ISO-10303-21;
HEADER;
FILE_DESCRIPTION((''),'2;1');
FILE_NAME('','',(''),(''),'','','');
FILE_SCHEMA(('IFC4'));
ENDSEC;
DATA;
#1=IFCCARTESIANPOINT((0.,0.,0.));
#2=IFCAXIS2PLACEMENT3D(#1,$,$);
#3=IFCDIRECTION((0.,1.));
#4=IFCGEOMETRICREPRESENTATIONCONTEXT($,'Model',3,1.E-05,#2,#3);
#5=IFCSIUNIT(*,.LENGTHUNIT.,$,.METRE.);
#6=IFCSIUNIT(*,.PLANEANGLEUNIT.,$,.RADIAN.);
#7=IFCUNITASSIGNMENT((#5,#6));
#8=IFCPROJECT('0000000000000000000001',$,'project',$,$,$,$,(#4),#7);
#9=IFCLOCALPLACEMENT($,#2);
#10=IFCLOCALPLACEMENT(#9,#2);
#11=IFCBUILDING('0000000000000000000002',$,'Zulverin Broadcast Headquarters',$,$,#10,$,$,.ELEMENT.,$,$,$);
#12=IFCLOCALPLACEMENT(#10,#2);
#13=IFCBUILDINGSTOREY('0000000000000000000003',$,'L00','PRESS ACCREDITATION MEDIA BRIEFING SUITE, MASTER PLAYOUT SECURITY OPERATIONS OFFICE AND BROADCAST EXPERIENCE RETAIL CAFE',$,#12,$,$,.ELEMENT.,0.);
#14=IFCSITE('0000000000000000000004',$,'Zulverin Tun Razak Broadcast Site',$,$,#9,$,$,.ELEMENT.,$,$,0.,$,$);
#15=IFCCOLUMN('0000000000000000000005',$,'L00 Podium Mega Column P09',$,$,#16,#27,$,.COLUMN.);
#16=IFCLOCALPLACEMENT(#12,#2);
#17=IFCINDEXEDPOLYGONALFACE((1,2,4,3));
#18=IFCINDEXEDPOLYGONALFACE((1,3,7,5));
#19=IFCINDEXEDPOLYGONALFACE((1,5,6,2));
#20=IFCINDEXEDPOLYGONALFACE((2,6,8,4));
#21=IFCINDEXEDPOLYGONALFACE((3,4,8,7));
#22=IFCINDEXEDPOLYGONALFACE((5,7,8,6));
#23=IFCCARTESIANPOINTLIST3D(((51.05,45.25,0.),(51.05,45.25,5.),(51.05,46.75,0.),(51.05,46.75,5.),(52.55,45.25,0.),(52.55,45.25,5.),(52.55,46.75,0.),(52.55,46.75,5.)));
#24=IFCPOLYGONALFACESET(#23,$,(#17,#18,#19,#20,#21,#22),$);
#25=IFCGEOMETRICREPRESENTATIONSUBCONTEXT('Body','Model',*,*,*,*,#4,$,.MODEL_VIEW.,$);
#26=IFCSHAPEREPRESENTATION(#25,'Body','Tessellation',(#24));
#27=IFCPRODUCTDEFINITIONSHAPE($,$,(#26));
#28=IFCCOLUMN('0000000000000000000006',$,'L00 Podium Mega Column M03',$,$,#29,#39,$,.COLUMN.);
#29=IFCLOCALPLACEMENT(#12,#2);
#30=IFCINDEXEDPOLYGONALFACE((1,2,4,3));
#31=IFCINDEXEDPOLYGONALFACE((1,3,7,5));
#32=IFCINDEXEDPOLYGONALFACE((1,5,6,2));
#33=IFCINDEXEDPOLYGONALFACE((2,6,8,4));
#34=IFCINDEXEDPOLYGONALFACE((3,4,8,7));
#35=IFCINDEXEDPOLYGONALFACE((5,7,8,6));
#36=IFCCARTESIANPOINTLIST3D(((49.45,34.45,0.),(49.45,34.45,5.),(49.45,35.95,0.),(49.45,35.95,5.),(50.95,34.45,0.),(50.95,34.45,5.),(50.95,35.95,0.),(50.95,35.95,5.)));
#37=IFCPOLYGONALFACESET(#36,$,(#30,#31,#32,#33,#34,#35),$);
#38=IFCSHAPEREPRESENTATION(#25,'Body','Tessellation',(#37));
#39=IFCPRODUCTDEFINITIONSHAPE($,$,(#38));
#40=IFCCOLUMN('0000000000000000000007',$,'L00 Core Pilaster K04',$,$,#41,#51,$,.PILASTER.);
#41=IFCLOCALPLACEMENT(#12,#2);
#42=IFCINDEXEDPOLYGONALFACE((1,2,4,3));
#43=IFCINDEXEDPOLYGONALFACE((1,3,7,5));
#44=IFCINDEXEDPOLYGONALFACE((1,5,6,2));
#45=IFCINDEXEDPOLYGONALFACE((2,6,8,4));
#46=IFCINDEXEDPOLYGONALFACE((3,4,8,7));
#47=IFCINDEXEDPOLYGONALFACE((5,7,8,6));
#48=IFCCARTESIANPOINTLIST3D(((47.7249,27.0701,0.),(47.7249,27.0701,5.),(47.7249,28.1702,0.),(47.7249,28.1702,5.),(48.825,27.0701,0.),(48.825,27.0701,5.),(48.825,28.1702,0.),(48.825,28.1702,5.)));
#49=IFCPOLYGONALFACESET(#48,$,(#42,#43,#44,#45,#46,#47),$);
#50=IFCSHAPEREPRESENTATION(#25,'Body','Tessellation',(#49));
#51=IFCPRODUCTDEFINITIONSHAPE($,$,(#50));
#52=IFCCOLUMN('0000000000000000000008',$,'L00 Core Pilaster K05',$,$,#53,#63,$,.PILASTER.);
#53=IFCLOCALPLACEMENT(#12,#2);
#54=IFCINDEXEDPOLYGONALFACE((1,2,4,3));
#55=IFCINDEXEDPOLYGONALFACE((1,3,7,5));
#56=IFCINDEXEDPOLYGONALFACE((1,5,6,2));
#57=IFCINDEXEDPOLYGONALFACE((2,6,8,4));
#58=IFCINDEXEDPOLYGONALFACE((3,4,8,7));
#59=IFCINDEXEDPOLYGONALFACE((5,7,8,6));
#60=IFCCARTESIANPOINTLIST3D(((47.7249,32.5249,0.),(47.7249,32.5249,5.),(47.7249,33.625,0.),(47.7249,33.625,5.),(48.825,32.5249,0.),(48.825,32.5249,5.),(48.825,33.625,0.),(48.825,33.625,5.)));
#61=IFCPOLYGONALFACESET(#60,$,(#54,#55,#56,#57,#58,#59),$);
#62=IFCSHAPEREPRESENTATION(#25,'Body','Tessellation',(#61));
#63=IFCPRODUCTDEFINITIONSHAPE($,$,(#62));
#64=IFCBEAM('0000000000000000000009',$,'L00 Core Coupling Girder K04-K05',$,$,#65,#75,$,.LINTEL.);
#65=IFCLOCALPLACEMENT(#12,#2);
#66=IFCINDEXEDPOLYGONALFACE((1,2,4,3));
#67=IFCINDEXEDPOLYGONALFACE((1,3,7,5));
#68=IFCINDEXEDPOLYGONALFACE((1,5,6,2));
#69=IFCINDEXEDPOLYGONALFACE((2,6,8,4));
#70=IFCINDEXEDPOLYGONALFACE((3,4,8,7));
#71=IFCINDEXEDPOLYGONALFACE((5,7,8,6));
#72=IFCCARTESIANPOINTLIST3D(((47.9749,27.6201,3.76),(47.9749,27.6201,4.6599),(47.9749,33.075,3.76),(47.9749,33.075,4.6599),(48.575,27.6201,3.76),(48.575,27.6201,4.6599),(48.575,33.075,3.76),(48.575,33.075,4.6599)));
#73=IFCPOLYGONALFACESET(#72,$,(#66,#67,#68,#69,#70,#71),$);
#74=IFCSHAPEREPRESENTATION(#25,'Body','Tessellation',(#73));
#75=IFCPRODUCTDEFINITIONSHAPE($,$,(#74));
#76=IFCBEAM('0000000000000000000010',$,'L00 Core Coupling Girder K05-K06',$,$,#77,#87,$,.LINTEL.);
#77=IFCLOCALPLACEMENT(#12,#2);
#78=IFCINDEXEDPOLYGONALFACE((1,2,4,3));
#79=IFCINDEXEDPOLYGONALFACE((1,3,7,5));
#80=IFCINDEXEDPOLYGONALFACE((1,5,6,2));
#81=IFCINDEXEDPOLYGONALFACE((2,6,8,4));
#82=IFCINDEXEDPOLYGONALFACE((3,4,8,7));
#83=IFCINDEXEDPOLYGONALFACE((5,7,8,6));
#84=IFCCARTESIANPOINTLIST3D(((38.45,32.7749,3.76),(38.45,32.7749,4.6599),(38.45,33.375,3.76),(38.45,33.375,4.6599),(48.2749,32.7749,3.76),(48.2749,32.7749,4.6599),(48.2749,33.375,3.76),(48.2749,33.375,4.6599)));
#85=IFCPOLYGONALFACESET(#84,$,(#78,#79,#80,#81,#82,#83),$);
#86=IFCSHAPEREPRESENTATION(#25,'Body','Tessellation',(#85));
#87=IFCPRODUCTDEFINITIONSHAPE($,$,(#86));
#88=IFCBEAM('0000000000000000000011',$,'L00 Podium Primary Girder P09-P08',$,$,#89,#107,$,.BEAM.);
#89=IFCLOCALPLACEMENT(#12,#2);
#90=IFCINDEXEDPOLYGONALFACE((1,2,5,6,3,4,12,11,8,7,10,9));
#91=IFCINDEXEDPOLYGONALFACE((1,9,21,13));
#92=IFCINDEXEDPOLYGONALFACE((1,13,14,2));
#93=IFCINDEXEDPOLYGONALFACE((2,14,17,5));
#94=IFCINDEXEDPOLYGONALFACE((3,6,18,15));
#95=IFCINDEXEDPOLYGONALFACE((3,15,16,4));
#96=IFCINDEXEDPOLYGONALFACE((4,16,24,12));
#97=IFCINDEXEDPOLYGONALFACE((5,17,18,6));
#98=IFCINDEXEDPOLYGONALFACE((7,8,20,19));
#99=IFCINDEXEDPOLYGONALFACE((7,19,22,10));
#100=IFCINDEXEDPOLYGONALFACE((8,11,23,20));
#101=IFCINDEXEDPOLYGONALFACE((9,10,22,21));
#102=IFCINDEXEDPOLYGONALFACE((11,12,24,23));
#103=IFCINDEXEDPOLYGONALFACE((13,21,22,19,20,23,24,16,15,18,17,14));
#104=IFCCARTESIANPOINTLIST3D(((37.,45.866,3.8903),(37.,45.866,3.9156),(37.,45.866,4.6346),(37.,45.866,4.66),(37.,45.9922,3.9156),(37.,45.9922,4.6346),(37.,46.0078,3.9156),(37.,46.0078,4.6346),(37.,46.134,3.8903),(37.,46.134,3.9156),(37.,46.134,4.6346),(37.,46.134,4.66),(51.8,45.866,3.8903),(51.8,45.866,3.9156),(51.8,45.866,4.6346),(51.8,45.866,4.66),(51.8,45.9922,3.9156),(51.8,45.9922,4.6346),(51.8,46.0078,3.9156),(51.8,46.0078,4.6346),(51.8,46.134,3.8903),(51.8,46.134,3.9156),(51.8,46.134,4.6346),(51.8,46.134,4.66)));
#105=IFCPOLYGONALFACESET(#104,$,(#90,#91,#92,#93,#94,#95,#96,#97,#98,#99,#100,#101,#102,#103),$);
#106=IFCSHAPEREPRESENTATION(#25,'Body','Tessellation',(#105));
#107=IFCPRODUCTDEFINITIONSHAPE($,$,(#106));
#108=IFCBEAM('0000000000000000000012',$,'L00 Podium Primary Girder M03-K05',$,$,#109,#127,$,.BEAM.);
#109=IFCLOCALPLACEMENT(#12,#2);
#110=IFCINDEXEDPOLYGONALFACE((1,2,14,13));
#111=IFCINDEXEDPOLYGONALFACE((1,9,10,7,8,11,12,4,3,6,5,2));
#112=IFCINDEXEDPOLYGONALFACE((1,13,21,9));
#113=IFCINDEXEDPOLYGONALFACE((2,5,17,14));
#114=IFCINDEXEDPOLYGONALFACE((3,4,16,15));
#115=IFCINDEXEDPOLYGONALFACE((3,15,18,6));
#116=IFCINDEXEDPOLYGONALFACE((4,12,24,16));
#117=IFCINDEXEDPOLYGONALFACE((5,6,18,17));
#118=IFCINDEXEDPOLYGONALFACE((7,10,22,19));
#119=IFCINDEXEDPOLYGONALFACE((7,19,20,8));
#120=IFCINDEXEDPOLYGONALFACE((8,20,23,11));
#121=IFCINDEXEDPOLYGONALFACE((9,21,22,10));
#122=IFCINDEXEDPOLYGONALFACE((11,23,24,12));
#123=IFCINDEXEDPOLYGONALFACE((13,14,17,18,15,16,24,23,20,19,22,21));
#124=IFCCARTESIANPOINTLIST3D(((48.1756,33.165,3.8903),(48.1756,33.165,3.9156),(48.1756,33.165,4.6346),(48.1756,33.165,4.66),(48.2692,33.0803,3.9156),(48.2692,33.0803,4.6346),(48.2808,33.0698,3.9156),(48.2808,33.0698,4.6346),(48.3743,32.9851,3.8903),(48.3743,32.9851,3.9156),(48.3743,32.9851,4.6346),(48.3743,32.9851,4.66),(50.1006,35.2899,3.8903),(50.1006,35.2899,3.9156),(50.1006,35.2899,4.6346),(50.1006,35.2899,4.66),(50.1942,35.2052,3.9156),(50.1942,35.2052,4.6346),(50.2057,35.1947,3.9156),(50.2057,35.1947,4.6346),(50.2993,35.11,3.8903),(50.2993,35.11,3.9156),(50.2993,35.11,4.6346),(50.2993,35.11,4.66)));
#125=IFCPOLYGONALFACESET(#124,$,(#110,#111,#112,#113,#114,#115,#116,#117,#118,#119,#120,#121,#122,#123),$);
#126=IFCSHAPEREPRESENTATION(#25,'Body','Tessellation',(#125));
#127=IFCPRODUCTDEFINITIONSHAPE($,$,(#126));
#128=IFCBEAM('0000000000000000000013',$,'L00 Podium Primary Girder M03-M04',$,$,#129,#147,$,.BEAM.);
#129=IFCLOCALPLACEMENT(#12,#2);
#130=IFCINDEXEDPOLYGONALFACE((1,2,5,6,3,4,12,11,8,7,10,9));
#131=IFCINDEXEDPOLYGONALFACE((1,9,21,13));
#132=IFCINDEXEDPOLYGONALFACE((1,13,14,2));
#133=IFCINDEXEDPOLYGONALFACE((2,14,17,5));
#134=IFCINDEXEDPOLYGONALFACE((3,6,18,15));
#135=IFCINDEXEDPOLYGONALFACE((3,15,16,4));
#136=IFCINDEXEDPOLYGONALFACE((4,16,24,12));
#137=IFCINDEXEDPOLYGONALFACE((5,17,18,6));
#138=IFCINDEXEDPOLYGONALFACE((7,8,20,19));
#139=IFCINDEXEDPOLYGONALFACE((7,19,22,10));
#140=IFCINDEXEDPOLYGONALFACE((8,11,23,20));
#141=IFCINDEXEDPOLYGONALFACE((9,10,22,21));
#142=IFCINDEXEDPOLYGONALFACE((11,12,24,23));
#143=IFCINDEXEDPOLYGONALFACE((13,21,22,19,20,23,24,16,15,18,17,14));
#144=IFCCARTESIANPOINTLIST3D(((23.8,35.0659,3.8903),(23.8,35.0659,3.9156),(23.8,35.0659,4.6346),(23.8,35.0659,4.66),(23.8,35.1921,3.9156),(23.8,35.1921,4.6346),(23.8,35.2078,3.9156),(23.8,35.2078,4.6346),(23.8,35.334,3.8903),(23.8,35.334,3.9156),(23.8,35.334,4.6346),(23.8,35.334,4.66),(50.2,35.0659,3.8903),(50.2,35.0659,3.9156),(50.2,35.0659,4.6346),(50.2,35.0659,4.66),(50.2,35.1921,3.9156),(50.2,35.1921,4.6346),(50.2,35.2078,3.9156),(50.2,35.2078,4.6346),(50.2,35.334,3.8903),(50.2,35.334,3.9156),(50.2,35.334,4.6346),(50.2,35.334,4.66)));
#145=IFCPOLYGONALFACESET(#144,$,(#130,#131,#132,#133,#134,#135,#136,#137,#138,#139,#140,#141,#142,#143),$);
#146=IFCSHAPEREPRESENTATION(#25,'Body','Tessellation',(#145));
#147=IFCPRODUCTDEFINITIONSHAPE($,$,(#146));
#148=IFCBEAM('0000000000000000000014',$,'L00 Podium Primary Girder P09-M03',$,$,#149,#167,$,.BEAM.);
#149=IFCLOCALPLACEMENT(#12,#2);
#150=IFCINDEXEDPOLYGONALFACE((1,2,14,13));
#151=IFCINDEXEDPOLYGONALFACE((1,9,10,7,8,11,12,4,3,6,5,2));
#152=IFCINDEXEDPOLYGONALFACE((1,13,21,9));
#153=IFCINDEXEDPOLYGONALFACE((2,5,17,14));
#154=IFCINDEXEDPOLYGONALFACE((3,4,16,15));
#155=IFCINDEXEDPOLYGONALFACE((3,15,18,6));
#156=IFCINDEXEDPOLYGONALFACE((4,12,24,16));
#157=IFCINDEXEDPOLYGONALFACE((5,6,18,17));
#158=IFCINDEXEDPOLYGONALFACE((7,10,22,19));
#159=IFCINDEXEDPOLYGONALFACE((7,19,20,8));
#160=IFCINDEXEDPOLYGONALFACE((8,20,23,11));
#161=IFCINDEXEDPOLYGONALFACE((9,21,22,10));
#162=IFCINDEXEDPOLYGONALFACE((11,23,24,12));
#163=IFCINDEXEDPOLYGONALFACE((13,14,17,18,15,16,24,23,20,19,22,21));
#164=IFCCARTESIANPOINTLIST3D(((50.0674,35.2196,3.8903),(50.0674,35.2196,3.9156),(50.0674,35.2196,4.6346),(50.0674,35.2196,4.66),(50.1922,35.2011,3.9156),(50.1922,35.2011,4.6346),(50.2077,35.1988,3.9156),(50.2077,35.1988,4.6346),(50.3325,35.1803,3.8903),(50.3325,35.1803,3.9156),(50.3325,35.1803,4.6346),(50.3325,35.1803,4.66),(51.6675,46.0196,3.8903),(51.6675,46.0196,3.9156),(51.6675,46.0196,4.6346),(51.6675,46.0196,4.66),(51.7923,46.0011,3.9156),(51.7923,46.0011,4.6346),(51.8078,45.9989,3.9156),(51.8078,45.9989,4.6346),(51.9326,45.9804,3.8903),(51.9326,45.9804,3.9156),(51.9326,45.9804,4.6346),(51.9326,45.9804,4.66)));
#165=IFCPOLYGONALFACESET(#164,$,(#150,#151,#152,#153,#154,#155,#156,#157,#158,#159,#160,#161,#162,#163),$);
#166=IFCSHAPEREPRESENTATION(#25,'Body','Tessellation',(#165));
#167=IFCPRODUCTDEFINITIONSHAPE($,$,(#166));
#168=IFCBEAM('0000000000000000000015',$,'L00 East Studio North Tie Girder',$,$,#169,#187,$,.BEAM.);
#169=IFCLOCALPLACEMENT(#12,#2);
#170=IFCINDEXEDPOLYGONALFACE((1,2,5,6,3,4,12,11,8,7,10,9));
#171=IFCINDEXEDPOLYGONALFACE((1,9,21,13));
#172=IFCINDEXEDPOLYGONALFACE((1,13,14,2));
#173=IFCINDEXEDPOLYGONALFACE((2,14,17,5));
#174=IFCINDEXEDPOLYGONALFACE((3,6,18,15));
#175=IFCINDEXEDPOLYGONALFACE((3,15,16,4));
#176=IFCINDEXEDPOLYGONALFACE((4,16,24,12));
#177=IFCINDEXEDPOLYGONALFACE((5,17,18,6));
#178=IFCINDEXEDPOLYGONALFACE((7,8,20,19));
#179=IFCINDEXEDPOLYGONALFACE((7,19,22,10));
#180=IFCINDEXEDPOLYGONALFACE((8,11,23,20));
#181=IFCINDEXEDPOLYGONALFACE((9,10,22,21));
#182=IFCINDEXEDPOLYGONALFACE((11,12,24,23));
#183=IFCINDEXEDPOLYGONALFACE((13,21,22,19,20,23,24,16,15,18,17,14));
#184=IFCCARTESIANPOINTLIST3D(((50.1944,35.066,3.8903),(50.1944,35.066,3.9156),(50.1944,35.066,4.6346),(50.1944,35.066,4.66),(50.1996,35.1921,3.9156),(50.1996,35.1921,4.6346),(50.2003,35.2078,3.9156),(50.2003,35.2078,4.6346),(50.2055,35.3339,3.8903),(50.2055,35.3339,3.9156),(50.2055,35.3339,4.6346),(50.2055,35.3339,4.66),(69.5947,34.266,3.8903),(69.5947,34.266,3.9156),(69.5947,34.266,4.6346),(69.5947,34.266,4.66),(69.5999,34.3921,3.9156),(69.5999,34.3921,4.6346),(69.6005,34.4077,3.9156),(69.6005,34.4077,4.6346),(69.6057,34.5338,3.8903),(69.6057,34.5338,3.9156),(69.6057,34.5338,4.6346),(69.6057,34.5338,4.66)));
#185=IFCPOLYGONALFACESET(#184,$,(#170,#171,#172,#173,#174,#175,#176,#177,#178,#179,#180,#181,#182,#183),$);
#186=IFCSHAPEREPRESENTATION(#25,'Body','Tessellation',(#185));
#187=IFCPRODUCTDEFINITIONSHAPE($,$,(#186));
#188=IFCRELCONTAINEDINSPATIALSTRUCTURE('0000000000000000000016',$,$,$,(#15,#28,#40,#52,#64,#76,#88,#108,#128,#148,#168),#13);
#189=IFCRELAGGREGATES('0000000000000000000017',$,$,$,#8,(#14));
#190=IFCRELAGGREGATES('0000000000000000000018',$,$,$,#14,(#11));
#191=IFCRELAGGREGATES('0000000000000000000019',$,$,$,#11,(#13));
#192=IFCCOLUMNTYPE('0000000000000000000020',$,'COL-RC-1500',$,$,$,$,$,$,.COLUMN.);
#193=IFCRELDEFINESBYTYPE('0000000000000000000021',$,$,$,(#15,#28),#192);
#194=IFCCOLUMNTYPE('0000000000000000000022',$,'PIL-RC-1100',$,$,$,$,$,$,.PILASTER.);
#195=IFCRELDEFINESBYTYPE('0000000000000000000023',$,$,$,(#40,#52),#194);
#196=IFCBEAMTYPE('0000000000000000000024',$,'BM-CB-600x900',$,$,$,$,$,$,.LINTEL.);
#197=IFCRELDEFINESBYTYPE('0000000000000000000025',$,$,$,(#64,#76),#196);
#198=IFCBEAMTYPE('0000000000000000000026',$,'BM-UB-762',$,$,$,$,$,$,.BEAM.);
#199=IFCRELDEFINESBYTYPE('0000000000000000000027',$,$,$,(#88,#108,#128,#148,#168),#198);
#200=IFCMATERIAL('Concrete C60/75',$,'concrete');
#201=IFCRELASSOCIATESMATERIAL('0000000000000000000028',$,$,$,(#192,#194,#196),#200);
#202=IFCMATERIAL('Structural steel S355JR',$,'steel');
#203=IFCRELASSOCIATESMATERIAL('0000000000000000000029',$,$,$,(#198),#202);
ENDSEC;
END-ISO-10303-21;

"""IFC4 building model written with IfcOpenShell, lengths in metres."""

from ifc_helpers import new_model, si_unit, direction, frame, origin, origin_2d, place, context, subcontext, project, spatial, rectangle, i_section, extrude, material, material_profile, profile_set, type_object, element, save


model = new_model("IFC4")

# Units and contexts
model_context = context("Model", 3, precision=1e-05, world=origin(), true_north=direction((0.0, 1.0)))
body_context = subcontext(model_context, "Body", "Model", "MODEL_VIEW")
ifc_project = project(units=[si_unit("LENGTHUNIT", "METRE"), si_unit("PLANEANGLEUNIT", "RADIAN")], contexts=[model_context])

# Site, building, storey
site_placement = place(None, origin())
site = spatial("IfcSite", under=ifc_project, at=site_placement, Name="Zulverin Tun Razak Broadcast Site", CompositionType="ELEMENT", RefElevation=0.0)
building_placement = place(site_placement, origin())
building = spatial("IfcBuilding", under=site, at=building_placement, Name="Zulverin Broadcast Headquarters", CompositionType="ELEMENT")
storey_placement = place(building_placement, origin())
storey = spatial("IfcBuildingStorey", under=building, at=storey_placement, Name="L00", Description="PRESS ACCREDITATION MEDIA BRIEFING SUITE, MASTER PLAYOUT SECURITY OPERATIONS OFFICE AND BROADCAST EXPERIENCE RETAIL CAFE", CompositionType="ELEMENT", Elevation=0.0)

# Columns
ifc_material_1 = material(Name="Concrete C60/75", Category="concrete")
ifc_material_profile_1 = material_profile(ifc_material_1, rectangle(XDim=1.5, YDim=1.5, at=origin_2d()), Name="Concrete C60/75", Category="concrete")
ifc_profile_set_1 = profile_set([ifc_material_profile_1], Name="Concrete C60/75")
column_type_1 = type_object("IfcColumnType", Name="COL-RC-1500", PredefinedType="COLUMN", material=ifc_profile_set_1)
for number, where, z_axis, x_axis, name in (
    (1, (51.8, 46.0, 0.0), (0.0, 0.0, 1.0), (1.0, 0.0, 0.0), "L00 Podium Mega Column P09"),
    (2, (50.2, 35.2, 0.0), (0.0, 0.0, 1.0), (1.0, 0.0, 0.0), "L00 Podium Mega Column M03"),
):
    element("IfcColumn", number, at=place(storey_placement, frame(where, z_axis=z_axis, x_axis=x_axis)), inside=storey, type_object=column_type_1, Name=name, PredefinedType="COLUMN", context=body_context, shape_type="SweptSolid", body=[
        extrude(rectangle(XDim=1.5, YDim=1.5, at=origin_2d()), origin(), (0.0, 0.0, 1.0), 5.0),
    ])
ifc_material_profile_2 = material_profile(ifc_material_1, rectangle(XDim=1.1001, YDim=1.1001, at=origin_2d()), Name="Concrete C60/75", Category="concrete")
ifc_profile_set_2 = profile_set([ifc_material_profile_2], Name="Concrete C60/75")
column_type_2 = type_object("IfcColumnType", Name="PIL-RC-1100", PredefinedType="PILASTER", material=ifc_profile_set_2)
for number, where, z_axis, x_axis, name in (
    (3, (48.2749, 27.6201, 0.0), (0.0, 0.0, 1.0), (1.0, 0.0, 0.0), "L00 Core Pilaster K04"),
    (4, (48.2749, 33.075, 0.0), (0.0, 0.0, 1.0), (1.0, 0.0, 0.0), "L00 Core Pilaster K05"),
):
    element("IfcColumn", number, at=place(storey_placement, frame(where, z_axis=z_axis, x_axis=x_axis)), inside=storey, type_object=column_type_2, Name=name, PredefinedType="PILASTER", context=body_context, shape_type="SweptSolid", body=[
        extrude(rectangle(XDim=1.1001, YDim=1.1001, at=origin_2d()), origin(), (0.0, 0.0, 1.0), 5.0),
    ])

# Beams
ifc_material_profile_3 = material_profile(ifc_material_1, rectangle(XDim=0.6001, YDim=0.8999, at=origin_2d()), Name="Concrete C60/75", Category="concrete")
ifc_profile_set_3 = profile_set([ifc_material_profile_3], Name="Concrete C60/75")
beam_type_1 = type_object("IfcBeamType", Name="BM-CB-600x900", PredefinedType="LINTEL", material=ifc_profile_set_3)
beam_1_placement = place(storey_placement, frame((48.2749, 27.6201, 4.21), z_axis=(0.0, 1.0, 0.0), x_axis=(-1.0, 0.0, 0.0)))
element("IfcBeam", 5, at=beam_1_placement, inside=storey, type_object=beam_type_1, Name="L00 Core Coupling Girder K04-K05", PredefinedType="LINTEL", context=body_context, shape_type="SweptSolid", body=[
    extrude(rectangle(XDim=0.6001, YDim=0.8999, at=origin_2d()), origin(), (0.0, 0.0, 1.0), 5.4548),
])
beam_2_placement = place(storey_placement, frame((48.2749, 33.075, 4.21), z_axis=(-1.0, 0.0, 0.0), x_axis=(0.0, -1.0, 0.0)))
element("IfcBeam", 6, at=beam_2_placement, inside=storey, type_object=beam_type_1, Name="L00 Core Coupling Girder K05-K06", PredefinedType="LINTEL", context=body_context, shape_type="SweptSolid", body=[
    extrude(rectangle(XDim=0.6001, YDim=0.8999, at=origin_2d()), origin(), (0.0, 0.0, 1.0), 9.825),
])
ifc_material_2 = material(Name="Structural steel S355JR", Category="steel")
ifc_material_profile_4 = material_profile(ifc_material_2, i_section(OverallWidth=0.2681, OverallDepth=0.7698, WebThickness=0.0156, FlangeThickness=0.0254, at=origin_2d()), Name="Structural steel S355JR", Category="steel")
ifc_profile_set_4 = profile_set([ifc_material_profile_4], Name="Structural steel S355JR")
beam_type_2 = type_object("IfcBeamType", Name="BM-UB-762", PredefinedType="BEAM", material=ifc_profile_set_4)
beam_3_placement = place(storey_placement, frame((51.8, 46.0, 4.2751), z_axis=(-1.0, 0.0, 0.0), x_axis=(0.0, -1.0, 0.0)))
element("IfcBeam", 7, at=beam_3_placement, inside=storey, type_object=beam_type_2, Name="L00 Podium Primary Girder P09-P08", PredefinedType="BEAM", context=body_context, shape_type="SweptSolid", body=[
    extrude(i_section(OverallWidth=0.2681, OverallDepth=0.7698, WebThickness=0.0156, FlangeThickness=0.0254, at=origin_2d()), origin(), (0.0, 0.0, 1.0), 14.8),
])
beam_4_placement = place(storey_placement, frame((50.2, 35.2, 4.2751), z_axis=(-0.671379, -0.741114, 0.0), x_axis=(0.741114, -0.671379, 0.0)))
element("IfcBeam", 8, at=beam_4_placement, inside=storey, type_object=beam_type_2, Name="L00 Podium Primary Girder M03-K05", PredefinedType="BEAM", context=body_context, shape_type="SweptSolid", body=[
    extrude(i_section(OverallWidth=0.2681, OverallDepth=0.7698, WebThickness=0.0156, FlangeThickness=0.0254, at=origin_2d()), origin(), (0.0, 0.0, 1.0), 2.8672),
])
beam_5_placement = place(storey_placement, frame((50.2, 35.2, 4.2751), z_axis=(-1.0, 0.0, 0.0), x_axis=(0.0, -1.0, 0.0)))
element("IfcBeam", 9, at=beam_5_placement, inside=storey, type_object=beam_type_2, Name="L00 Podium Primary Girder M03-M04", PredefinedType="BEAM", context=body_context, shape_type="SweptSolid", body=[
    extrude(i_section(OverallWidth=0.2681, OverallDepth=0.7698, WebThickness=0.0156, FlangeThickness=0.0254, at=origin_2d()), origin(), (0.0, 0.0, 1.0), 26.3999),
])
beam_6_placement = place(storey_placement, frame((51.8, 46.0, 4.2751), z_axis=(-0.146557, -0.989202, 0.0), x_axis=(0.989202, -0.146557, 0.0)))
element("IfcBeam", 10, at=beam_6_placement, inside=storey, type_object=beam_type_2, Name="L00 Podium Primary Girder P09-M03", PredefinedType="BEAM", context=body_context, shape_type="SweptSolid", body=[
    extrude(i_section(OverallWidth=0.2681, OverallDepth=0.7698, WebThickness=0.0156, FlangeThickness=0.0254, at=origin_2d()), origin(), (0.0, 0.0, 1.0), 10.918),
])
beam_7_placement = place(storey_placement, frame((50.2, 35.2, 4.2751), z_axis=(0.999151, -0.041204, 0.0), x_axis=(0.041204, 0.999151, 0.0)))
element("IfcBeam", 11, at=beam_7_placement, inside=storey, type_object=beam_type_2, Name="L00 East Studio North Tie Girder", PredefinedType="BEAM", context=body_context, shape_type="SweptSolid", body=[
    extrude(i_section(OverallWidth=0.2681, OverallDepth=0.7698, WebThickness=0.0156, FlangeThickness=0.0254, at=origin_2d()), origin(), (0.0, 0.0, 1.0), 19.4167),
])

save(model, "model.ifc")
